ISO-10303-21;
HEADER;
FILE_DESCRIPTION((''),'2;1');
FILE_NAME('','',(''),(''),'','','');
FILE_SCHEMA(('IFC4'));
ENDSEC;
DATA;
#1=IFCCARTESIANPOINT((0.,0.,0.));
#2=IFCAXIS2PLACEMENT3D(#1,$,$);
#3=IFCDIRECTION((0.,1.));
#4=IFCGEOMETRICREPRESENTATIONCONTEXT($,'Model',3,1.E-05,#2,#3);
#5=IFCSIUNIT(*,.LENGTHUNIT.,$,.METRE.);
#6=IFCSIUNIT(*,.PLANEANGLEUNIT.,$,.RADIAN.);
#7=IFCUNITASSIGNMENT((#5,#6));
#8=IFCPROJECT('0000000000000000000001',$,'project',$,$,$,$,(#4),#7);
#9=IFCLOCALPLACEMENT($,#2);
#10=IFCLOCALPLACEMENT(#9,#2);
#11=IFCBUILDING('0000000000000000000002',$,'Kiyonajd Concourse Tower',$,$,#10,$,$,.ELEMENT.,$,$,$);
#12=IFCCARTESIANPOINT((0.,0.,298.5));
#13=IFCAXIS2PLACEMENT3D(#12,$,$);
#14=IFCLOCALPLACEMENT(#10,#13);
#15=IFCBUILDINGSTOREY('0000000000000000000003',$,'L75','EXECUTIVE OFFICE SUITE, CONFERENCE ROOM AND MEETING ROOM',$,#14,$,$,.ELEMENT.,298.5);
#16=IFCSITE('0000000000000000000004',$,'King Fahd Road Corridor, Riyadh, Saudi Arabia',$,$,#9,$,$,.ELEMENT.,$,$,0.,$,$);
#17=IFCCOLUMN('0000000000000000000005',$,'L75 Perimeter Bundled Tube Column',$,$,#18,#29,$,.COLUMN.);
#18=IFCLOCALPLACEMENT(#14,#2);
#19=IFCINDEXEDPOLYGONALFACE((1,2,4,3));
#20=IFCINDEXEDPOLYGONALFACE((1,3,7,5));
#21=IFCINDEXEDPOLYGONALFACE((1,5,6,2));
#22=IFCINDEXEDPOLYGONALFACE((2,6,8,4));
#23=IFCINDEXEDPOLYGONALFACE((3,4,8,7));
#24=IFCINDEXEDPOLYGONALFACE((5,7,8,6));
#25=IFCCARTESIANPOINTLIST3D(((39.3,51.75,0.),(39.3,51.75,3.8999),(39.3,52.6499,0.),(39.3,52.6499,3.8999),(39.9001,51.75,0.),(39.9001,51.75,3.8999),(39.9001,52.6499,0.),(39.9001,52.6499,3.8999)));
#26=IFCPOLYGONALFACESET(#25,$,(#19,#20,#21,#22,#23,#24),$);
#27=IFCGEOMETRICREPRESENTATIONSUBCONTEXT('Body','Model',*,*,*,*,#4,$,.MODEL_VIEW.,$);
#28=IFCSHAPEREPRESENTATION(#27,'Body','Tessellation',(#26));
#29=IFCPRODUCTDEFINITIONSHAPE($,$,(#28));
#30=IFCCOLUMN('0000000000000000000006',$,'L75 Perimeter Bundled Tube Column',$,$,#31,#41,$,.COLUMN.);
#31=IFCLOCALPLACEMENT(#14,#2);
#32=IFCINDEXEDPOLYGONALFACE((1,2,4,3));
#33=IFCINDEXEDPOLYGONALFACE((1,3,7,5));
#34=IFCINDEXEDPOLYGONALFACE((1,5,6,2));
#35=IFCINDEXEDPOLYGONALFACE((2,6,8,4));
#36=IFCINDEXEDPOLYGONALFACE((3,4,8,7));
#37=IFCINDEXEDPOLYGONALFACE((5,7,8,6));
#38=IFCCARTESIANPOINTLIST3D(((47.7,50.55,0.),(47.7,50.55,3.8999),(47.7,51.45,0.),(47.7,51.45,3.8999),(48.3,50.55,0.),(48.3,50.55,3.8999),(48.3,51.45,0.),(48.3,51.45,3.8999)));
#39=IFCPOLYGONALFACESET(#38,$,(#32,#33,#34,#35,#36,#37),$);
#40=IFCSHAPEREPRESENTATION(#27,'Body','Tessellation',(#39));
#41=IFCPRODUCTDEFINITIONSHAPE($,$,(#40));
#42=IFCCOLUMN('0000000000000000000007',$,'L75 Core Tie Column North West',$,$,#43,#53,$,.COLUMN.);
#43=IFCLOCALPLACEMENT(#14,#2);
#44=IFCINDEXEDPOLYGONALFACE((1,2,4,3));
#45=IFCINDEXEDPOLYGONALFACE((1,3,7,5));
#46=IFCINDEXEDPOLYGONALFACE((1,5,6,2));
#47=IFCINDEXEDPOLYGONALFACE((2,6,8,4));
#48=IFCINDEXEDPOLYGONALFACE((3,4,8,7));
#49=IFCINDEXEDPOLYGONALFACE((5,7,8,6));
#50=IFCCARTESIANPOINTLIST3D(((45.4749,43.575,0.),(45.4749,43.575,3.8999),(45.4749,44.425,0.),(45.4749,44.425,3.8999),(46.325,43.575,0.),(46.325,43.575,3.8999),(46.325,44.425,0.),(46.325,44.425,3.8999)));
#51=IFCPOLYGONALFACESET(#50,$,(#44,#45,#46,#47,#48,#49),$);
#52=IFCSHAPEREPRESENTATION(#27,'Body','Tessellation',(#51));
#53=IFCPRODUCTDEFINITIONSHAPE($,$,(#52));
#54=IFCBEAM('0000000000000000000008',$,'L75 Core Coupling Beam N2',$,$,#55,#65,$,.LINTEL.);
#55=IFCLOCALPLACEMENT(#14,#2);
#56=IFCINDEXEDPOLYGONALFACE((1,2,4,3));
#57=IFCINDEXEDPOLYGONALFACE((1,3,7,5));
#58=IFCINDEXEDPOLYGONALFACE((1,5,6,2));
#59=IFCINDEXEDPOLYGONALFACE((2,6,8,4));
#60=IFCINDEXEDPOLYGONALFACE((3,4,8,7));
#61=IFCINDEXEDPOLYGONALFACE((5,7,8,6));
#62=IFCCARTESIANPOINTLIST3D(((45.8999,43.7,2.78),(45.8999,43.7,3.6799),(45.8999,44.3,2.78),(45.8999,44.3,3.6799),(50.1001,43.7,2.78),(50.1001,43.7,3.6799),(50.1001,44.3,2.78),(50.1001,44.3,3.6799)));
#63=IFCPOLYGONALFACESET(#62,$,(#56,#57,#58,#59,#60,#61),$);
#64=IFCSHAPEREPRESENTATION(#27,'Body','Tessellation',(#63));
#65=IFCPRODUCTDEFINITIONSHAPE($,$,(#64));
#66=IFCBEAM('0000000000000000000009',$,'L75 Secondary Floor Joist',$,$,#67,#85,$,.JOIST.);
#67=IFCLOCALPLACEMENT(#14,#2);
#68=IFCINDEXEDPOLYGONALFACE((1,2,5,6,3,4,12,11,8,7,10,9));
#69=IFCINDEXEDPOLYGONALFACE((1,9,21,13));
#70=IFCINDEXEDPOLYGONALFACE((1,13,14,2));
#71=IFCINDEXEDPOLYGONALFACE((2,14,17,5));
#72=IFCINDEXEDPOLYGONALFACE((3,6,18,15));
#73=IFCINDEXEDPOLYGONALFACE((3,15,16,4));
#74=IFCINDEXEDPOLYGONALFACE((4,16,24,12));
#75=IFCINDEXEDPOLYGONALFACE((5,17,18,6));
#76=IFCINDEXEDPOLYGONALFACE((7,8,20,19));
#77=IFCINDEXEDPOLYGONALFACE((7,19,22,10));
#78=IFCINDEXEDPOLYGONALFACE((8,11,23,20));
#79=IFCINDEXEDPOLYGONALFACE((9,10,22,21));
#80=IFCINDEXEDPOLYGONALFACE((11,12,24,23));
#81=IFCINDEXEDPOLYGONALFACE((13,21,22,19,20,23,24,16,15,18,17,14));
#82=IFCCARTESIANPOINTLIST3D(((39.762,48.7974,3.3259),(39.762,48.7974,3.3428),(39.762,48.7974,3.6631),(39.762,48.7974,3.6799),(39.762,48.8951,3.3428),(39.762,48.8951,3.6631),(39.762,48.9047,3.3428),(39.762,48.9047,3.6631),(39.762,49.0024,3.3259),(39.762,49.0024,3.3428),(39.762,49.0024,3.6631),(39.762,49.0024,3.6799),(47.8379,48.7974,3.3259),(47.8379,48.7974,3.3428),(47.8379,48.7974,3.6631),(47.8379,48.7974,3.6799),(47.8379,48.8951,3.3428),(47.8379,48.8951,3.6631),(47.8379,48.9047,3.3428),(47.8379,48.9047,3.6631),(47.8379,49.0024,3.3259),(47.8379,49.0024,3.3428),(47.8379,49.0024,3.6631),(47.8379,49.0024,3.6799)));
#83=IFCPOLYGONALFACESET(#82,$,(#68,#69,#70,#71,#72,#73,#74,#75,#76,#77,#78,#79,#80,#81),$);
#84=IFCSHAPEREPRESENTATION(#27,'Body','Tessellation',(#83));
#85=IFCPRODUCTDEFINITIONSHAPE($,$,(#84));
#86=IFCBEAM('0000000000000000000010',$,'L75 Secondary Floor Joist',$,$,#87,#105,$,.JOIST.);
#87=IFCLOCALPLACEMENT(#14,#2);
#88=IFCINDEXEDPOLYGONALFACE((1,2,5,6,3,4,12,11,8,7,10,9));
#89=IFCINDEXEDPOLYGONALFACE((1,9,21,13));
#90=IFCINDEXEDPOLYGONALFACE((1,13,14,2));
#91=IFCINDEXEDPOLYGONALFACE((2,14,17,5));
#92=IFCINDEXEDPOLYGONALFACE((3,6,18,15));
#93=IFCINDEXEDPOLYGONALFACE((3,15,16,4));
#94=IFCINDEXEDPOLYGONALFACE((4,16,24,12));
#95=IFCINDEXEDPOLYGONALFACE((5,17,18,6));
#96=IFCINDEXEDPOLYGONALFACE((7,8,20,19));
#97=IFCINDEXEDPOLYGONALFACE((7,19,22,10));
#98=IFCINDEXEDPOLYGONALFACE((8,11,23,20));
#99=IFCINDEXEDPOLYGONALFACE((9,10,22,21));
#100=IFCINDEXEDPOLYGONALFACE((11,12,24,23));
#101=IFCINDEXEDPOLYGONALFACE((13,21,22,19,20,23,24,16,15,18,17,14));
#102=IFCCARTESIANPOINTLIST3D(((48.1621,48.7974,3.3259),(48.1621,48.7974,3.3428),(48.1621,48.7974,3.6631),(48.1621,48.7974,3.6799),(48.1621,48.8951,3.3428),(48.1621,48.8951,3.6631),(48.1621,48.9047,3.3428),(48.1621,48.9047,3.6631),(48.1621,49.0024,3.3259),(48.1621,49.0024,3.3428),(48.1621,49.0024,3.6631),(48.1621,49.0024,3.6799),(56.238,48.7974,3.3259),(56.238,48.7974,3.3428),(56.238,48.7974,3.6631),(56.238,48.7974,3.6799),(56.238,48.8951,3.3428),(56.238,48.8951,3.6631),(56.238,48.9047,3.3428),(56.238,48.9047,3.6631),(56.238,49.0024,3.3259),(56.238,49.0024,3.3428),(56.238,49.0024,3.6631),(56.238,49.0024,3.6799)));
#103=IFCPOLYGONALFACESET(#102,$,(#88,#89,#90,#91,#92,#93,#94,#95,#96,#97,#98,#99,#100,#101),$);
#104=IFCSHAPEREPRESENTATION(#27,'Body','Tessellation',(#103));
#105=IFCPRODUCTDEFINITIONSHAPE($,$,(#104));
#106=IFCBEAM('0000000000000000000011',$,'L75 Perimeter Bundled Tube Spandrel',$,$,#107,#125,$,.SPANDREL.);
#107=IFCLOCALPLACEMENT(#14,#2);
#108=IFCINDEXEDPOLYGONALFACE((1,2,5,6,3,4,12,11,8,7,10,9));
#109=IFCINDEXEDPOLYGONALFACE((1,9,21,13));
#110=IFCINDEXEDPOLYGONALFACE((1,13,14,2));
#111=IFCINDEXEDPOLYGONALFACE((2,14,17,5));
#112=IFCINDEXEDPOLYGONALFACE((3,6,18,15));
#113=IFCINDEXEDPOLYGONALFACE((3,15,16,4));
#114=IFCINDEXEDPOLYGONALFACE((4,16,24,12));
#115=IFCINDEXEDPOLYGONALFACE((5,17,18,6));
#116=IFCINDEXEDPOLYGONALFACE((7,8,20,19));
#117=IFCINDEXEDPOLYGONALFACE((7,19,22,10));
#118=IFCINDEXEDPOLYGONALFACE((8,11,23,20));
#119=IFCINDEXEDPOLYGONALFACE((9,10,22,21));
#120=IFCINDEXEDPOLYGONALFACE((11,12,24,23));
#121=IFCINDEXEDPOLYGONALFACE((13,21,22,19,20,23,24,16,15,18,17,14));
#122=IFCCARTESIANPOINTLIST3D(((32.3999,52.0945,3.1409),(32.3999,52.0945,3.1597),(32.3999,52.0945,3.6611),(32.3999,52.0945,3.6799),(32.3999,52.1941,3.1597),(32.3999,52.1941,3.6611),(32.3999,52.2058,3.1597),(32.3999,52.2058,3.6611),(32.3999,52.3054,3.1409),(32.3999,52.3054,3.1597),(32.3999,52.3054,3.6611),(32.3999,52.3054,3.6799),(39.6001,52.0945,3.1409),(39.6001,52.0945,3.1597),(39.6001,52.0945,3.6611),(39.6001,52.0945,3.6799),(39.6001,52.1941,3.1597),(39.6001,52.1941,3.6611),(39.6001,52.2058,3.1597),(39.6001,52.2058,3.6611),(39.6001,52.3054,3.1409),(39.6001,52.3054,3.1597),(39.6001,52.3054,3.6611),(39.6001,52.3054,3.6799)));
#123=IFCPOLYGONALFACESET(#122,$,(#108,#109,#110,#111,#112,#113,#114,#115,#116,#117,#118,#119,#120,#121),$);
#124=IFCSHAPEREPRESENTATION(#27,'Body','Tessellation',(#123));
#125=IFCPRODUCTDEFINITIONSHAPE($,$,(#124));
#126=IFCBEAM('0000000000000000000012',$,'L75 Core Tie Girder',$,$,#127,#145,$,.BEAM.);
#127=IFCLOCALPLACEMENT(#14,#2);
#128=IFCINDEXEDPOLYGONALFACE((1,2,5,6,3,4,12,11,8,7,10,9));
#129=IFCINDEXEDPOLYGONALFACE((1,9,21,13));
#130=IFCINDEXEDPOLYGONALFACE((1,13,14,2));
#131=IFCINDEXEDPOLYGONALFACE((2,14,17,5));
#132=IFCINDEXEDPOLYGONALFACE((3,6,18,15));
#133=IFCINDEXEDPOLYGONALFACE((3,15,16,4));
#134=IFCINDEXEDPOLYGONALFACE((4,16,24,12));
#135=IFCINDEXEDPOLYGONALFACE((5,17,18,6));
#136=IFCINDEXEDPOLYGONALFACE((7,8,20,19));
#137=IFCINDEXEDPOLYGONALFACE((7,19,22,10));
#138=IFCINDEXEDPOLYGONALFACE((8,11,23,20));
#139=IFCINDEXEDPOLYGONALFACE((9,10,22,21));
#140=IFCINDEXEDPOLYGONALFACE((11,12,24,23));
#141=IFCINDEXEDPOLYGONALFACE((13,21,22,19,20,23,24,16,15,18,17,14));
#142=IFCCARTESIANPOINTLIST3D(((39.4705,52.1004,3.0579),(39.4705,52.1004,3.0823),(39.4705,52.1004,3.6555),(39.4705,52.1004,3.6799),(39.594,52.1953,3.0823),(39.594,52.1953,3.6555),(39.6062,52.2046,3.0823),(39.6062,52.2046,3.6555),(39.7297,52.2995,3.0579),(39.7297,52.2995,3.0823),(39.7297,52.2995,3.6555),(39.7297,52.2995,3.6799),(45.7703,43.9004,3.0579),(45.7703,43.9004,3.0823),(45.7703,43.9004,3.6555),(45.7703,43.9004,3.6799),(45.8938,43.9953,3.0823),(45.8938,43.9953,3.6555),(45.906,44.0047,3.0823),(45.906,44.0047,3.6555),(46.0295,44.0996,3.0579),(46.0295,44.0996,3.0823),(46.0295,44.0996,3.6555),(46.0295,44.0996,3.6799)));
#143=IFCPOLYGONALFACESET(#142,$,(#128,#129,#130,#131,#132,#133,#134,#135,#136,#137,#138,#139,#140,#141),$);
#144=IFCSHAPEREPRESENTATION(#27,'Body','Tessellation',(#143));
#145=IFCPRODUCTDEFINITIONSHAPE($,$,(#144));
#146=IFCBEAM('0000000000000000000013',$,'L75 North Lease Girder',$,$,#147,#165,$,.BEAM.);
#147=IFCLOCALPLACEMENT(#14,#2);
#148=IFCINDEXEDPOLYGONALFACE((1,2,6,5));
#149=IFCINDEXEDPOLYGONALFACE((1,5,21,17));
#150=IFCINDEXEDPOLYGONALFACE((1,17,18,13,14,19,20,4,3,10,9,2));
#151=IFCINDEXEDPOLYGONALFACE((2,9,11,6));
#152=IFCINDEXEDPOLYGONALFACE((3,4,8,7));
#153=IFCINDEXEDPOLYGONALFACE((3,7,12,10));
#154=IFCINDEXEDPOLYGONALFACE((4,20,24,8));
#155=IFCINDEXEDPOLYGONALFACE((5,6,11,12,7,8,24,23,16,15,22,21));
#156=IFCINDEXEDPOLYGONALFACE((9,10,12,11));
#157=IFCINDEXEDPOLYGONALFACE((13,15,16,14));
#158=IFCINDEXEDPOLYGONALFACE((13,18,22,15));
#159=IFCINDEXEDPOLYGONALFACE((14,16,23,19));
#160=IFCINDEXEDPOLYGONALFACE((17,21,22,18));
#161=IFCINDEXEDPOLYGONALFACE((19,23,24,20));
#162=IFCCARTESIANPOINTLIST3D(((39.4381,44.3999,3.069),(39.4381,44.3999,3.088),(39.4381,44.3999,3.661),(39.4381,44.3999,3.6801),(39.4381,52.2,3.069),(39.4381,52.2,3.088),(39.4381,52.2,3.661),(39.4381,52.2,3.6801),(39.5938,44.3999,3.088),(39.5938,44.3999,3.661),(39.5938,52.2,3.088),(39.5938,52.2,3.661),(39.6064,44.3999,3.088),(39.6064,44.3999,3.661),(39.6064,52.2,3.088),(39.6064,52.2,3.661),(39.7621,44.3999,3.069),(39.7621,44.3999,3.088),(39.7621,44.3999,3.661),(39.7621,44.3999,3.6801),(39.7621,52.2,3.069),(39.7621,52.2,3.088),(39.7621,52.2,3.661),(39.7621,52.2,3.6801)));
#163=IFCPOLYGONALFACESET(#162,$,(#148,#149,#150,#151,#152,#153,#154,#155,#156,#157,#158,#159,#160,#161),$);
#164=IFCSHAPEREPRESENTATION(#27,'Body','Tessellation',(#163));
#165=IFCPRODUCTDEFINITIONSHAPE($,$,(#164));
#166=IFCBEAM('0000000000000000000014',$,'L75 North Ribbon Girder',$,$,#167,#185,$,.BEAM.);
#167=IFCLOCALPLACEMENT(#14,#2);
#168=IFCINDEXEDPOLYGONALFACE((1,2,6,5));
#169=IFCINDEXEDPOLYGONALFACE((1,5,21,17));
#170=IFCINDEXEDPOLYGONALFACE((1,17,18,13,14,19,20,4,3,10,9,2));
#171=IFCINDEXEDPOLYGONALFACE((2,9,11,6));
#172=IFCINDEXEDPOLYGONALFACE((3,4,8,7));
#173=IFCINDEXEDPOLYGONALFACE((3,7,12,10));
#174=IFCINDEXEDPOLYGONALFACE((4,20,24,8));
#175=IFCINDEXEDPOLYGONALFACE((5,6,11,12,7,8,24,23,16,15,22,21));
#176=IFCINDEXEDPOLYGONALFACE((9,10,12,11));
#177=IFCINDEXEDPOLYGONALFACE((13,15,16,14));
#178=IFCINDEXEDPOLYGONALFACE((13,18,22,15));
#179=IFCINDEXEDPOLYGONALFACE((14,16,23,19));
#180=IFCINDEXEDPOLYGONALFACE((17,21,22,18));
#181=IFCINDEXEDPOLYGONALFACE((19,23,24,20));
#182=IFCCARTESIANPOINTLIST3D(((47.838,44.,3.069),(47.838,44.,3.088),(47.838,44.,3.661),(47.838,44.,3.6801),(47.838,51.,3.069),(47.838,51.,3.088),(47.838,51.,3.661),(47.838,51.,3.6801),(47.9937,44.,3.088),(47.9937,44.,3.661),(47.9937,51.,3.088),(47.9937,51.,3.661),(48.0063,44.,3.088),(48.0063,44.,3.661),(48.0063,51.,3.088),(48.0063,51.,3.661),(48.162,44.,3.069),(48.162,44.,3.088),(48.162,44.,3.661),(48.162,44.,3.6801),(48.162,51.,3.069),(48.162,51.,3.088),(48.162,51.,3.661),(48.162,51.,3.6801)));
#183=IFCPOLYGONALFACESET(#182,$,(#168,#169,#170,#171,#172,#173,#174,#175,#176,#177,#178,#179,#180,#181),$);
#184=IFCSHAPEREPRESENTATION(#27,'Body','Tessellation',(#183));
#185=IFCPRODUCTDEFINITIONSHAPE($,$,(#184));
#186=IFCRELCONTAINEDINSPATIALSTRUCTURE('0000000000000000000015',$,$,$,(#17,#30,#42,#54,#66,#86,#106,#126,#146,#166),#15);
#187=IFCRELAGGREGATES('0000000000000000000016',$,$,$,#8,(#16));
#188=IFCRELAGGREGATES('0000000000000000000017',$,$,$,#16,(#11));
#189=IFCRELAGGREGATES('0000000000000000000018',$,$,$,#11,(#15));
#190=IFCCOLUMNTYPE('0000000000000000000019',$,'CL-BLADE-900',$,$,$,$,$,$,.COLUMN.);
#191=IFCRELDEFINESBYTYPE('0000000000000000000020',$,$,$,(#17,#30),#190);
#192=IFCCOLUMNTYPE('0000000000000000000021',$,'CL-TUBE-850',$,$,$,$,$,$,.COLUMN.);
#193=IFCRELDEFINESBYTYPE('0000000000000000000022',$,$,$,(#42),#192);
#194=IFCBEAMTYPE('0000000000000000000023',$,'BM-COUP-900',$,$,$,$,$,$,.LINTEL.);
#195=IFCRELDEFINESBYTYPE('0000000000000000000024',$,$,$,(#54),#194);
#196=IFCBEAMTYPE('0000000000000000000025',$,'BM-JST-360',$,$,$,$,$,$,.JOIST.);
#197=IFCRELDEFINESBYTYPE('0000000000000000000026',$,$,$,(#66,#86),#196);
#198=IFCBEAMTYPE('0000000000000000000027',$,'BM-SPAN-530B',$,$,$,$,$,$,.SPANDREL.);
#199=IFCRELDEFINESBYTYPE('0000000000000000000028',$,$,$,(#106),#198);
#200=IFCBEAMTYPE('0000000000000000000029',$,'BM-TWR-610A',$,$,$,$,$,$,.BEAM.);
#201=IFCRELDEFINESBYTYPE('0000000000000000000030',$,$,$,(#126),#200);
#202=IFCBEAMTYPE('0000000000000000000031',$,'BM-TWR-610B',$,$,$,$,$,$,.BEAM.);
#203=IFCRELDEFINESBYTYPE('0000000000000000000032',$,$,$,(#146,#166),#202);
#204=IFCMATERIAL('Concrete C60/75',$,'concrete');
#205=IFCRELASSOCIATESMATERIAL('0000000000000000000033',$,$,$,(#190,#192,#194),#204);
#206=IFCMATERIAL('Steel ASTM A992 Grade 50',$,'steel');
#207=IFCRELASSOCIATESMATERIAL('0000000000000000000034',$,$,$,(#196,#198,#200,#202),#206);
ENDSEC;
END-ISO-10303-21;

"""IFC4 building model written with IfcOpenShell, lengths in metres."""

from ifc_helpers import new_model, si_unit, direction, frame, origin, origin_2d, place, context, subcontext, project, spatial, rectangle, i_section, extrude, material, material_profile, profile_set, type_object, element, save


model = new_model("IFC4")

# Units and contexts
model_context = context("Model", 3, precision=1e-05, world=origin(), true_north=direction((0.0, 1.0)))
body_context = subcontext(model_context, "Body", "Model", "MODEL_VIEW")
ifc_project = project(units=[si_unit("LENGTHUNIT", "METRE"), si_unit("PLANEANGLEUNIT", "RADIAN")], contexts=[model_context])

# Site, building, storey
site_placement = place(None, origin())
site = spatial("IfcSite", under=ifc_project, at=site_placement, Name="King Fahd Road Corridor, Riyadh, Saudi Arabia", CompositionType="ELEMENT", RefElevation=0.0)
building_placement = place(site_placement, origin())
building = spatial("IfcBuilding", under=site, at=building_placement, Name="Kiyonajd Concourse Tower", CompositionType="ELEMENT")
storey_placement = place(building_placement, frame((0.0, 0.0, 298.5)))
storey = spatial("IfcBuildingStorey", under=building, at=storey_placement, Name="L75", Description="EXECUTIVE OFFICE SUITE, CONFERENCE ROOM AND MEETING ROOM", CompositionType="ELEMENT", Elevation=298.5)

# Columns
ifc_material_1 = material(Name="Concrete C60/75", Category="concrete")
ifc_material_profile_1 = material_profile(ifc_material_1, rectangle(XDim=0.6001, YDim=0.8999, at=origin_2d()), Name="RC-900x600")
ifc_profile_set_1 = profile_set([ifc_material_profile_1], Name="Concrete C60/75")
column_type_1 = type_object("IfcColumnType", Name="CL-BLADE-900", PredefinedType="COLUMN", material=ifc_profile_set_1)
for number, where, z_axis, x_axis, name in (
    (1, (39.6001, 52.2, 0.0), (0.0, 0.0, 1.0), (1.0, 0.0, 0.0), "L75 Perimeter Bundled Tube Column"),
    (2, (48.0, 51.0, 0.0), (0.0, 0.0, 1.0), (1.0, 0.0, 0.0), "L75 Perimeter Bundled Tube Column"),
):
    element("IfcColumn", number, at=place(storey_placement, frame(where, z_axis=z_axis, x_axis=x_axis)), inside=storey, type_object=column_type_1, Name=name, PredefinedType="COLUMN", context=body_context, shape_type="SweptSolid", body=[
        extrude(rectangle(XDim=0.6001, YDim=0.8999, at=origin_2d()), origin(), (0.0, 0.0, 1.0), 3.8999),
    ])
ifc_material_profile_2 = material_profile(ifc_material_1, rectangle(XDim=0.8501, YDim=0.8501, at=origin_2d()), Name="RC-850x850")
ifc_profile_set_2 = profile_set([ifc_material_profile_2], Name="Concrete C60/75")
column_type_2 = type_object("IfcColumnType", Name="CL-TUBE-850", PredefinedType="COLUMN", material=ifc_profile_set_2)
column_placement = place(storey_placement, frame((45.8999, 44.0, 0.0), z_axis=(0.0, 0.0, 1.0), x_axis=(1.0, 0.0, 0.0)))
element("IfcColumn", 3, at=column_placement, inside=storey, type_object=column_type_2, Name="L75 Core Tie Column North West", PredefinedType="COLUMN", context=body_context, shape_type="SweptSolid", body=[
    extrude(rectangle(XDim=0.8501, YDim=0.8501, at=origin_2d()), origin(), (0.0, 0.0, 1.0), 3.8999),
])

# Beams
ifc_material_profile_3 = material_profile(ifc_material_1, rectangle(XDim=0.6001, YDim=0.8999, at=origin_2d()), Name="RCBM-600x900")
ifc_profile_set_3 = profile_set([ifc_material_profile_3], Name="Concrete C60/75")
beam_type_1 = type_object("IfcBeamType", Name="BM-COUP-900", PredefinedType="LINTEL", material=ifc_profile_set_3)
beam_1_placement = place(storey_placement, frame((45.8999, 44.0, 3.23), z_axis=(1.0, 0.0, 0.0), x_axis=(0.0, 1.0, 0.0)))
element("IfcBeam", 4, at=beam_1_placement, inside=storey, type_object=beam_type_1, Name="L75 Core Coupling Beam N2", PredefinedType="LINTEL", context=body_context, shape_type="SweptSolid", body=[
    extrude(rectangle(XDim=0.6001, YDim=0.8999, at=origin_2d()), origin(), (0.0, 0.0, 1.0), 4.2002),
])
ifc_material_2 = material(Name="Steel ASTM A992 Grade 50", Category="steel")
ifc_material_profile_4 = material_profile(ifc_material_2, i_section(OverallWidth=0.2051, OverallDepth=0.354, WebThickness=0.0095, FlangeThickness=0.0168, at=origin_2d()), Name="W360X79")
ifc_profile_set_4 = profile_set([ifc_material_profile_4], Name="Steel ASTM A992 Grade 50")
beam_type_2 = type_object("IfcBeamType", Name="BM-JST-360", PredefinedType="JOIST", material=ifc_profile_set_4)
for number, where, z_axis, x_axis, name in (
    (5, (39.762, 48.8999, 3.5029), (1.0, 0.0, 0.0), (0.0, 1.0, 0.0), "L75 Secondary Floor Joist"),
    (6, (48.1621, 48.8999, 3.5029), (1.0, 0.0, 0.0), (0.0, 1.0, 0.0), "L75 Secondary Floor Joist"),
):
    element("IfcBeam", number, at=place(storey_placement, frame(where, z_axis=z_axis, x_axis=x_axis)), inside=storey, type_object=beam_type_2, Name=name, PredefinedType="JOIST", context=body_context, shape_type="SweptSolid", body=[
        extrude(i_section(OverallWidth=0.2051, OverallDepth=0.354, WebThickness=0.0095, FlangeThickness=0.0168, at=origin_2d()), origin(), (0.0, 0.0, 1.0), 8.0759),
    ])
ifc_material_profile_5 = material_profile(ifc_material_2, i_section(OverallWidth=0.2109, OverallDepth=0.5391, WebThickness=0.0117, FlangeThickness=0.0188, at=origin_2d()), Name="W530X109")
ifc_profile_set_5 = profile_set([ifc_material_profile_5], Name="Steel ASTM A992 Grade 50")
beam_type_3 = type_object("IfcBeamType", Name="BM-SPAN-530B", PredefinedType="SPANDREL", material=ifc_profile_set_5)
beam_2_placement = place(storey_placement, frame((39.6001, 52.2, 3.4104), z_axis=(-1.0, 0.0, 0.0), x_axis=(0.0, -1.0, 0.0)))
element("IfcBeam", 7, at=beam_2_placement, inside=storey, type_object=beam_type_3, Name="L75 Perimeter Bundled Tube Spandrel", PredefinedType="SPANDREL", context=body_context, shape_type="SweptSolid", body=[
    extrude(i_section(OverallWidth=0.2109, OverallDepth=0.5391, WebThickness=0.0117, FlangeThickness=0.0188, at=origin_2d()), origin(), (0.0, 0.0, 1.0), 7.2002),
])
ifc_material_profile_6 = material_profile(ifc_material_2, i_section(OverallWidth=0.3269, OverallDepth=0.6221, WebThickness=0.0154, FlangeThickness=0.0244, at=origin_2d()), Name="W610X195")
ifc_profile_set_6 = profile_set([ifc_material_profile_6], Name="Steel ASTM A992 Grade 50")
beam_type_4 = type_object("IfcBeamType", Name="BM-TWR-610A", PredefinedType="BEAM", material=ifc_profile_set_6)
beam_3_placement = place(storey_placement, frame((39.6001, 52.2, 3.3689), z_axis=(0.609234, -0.792991, 0.0), x_axis=(0.792991, 0.609234, 0.0)))
element("IfcBeam", 8, at=beam_3_placement, inside=storey, type_object=beam_type_4, Name="L75 Core Tie Girder", PredefinedType="BEAM", context=body_context, shape_type="SweptSolid", body=[
    extrude(i_section(OverallWidth=0.3269, OverallDepth=0.6221, WebThickness=0.0154, FlangeThickness=0.0244, at=origin_2d()), origin(), (0.0, 0.0, 1.0), 10.3406),
])
ifc_material_profile_7 = material_profile(ifc_material_2, i_section(OverallWidth=0.324, OverallDepth=0.6111, WebThickness=0.0127, FlangeThickness=0.019, at=origin_2d()), Name="W610X155")
ifc_profile_set_7 = profile_set([ifc_material_profile_7], Name="Steel ASTM A992 Grade 50")
beam_type_5 = type_object("IfcBeamType", Name="BM-TWR-610B", PredefinedType="BEAM", material=ifc_profile_set_7)
beam_4_placement = place(storey_placement, frame((39.6001, 44.3999, 3.3745), z_axis=(0.0, 1.0, 0.0), x_axis=(-1.0, 0.0, 0.0)))
element("IfcBeam", 9, at=beam_4_placement, inside=storey, type_object=beam_type_5, Name="L75 North Lease Girder", PredefinedType="BEAM", context=body_context, shape_type="SweptSolid", body=[
    extrude(i_section(OverallWidth=0.324, OverallDepth=0.6111, WebThickness=0.0127, FlangeThickness=0.019, at=origin_2d()), origin(), (0.0, 0.0, 1.0), 7.8),
])
beam_5_placement = place(storey_placement, frame((48.0, 44.0, 3.3745), z_axis=(0.0, 1.0, 0.0), x_axis=(-1.0, 0.0, 0.0)))
element("IfcBeam", 10, at=beam_5_placement, inside=storey, type_object=beam_type_5, Name="L75 North Ribbon Girder", PredefinedType="BEAM", context=body_context, shape_type="SweptSolid", body=[
    extrude(i_section(OverallWidth=0.324, OverallDepth=0.6111, WebThickness=0.0127, FlangeThickness=0.019, at=origin_2d()), origin(), (0.0, 0.0, 1.0), 7.0),
])

save(model, "model.ifc")
